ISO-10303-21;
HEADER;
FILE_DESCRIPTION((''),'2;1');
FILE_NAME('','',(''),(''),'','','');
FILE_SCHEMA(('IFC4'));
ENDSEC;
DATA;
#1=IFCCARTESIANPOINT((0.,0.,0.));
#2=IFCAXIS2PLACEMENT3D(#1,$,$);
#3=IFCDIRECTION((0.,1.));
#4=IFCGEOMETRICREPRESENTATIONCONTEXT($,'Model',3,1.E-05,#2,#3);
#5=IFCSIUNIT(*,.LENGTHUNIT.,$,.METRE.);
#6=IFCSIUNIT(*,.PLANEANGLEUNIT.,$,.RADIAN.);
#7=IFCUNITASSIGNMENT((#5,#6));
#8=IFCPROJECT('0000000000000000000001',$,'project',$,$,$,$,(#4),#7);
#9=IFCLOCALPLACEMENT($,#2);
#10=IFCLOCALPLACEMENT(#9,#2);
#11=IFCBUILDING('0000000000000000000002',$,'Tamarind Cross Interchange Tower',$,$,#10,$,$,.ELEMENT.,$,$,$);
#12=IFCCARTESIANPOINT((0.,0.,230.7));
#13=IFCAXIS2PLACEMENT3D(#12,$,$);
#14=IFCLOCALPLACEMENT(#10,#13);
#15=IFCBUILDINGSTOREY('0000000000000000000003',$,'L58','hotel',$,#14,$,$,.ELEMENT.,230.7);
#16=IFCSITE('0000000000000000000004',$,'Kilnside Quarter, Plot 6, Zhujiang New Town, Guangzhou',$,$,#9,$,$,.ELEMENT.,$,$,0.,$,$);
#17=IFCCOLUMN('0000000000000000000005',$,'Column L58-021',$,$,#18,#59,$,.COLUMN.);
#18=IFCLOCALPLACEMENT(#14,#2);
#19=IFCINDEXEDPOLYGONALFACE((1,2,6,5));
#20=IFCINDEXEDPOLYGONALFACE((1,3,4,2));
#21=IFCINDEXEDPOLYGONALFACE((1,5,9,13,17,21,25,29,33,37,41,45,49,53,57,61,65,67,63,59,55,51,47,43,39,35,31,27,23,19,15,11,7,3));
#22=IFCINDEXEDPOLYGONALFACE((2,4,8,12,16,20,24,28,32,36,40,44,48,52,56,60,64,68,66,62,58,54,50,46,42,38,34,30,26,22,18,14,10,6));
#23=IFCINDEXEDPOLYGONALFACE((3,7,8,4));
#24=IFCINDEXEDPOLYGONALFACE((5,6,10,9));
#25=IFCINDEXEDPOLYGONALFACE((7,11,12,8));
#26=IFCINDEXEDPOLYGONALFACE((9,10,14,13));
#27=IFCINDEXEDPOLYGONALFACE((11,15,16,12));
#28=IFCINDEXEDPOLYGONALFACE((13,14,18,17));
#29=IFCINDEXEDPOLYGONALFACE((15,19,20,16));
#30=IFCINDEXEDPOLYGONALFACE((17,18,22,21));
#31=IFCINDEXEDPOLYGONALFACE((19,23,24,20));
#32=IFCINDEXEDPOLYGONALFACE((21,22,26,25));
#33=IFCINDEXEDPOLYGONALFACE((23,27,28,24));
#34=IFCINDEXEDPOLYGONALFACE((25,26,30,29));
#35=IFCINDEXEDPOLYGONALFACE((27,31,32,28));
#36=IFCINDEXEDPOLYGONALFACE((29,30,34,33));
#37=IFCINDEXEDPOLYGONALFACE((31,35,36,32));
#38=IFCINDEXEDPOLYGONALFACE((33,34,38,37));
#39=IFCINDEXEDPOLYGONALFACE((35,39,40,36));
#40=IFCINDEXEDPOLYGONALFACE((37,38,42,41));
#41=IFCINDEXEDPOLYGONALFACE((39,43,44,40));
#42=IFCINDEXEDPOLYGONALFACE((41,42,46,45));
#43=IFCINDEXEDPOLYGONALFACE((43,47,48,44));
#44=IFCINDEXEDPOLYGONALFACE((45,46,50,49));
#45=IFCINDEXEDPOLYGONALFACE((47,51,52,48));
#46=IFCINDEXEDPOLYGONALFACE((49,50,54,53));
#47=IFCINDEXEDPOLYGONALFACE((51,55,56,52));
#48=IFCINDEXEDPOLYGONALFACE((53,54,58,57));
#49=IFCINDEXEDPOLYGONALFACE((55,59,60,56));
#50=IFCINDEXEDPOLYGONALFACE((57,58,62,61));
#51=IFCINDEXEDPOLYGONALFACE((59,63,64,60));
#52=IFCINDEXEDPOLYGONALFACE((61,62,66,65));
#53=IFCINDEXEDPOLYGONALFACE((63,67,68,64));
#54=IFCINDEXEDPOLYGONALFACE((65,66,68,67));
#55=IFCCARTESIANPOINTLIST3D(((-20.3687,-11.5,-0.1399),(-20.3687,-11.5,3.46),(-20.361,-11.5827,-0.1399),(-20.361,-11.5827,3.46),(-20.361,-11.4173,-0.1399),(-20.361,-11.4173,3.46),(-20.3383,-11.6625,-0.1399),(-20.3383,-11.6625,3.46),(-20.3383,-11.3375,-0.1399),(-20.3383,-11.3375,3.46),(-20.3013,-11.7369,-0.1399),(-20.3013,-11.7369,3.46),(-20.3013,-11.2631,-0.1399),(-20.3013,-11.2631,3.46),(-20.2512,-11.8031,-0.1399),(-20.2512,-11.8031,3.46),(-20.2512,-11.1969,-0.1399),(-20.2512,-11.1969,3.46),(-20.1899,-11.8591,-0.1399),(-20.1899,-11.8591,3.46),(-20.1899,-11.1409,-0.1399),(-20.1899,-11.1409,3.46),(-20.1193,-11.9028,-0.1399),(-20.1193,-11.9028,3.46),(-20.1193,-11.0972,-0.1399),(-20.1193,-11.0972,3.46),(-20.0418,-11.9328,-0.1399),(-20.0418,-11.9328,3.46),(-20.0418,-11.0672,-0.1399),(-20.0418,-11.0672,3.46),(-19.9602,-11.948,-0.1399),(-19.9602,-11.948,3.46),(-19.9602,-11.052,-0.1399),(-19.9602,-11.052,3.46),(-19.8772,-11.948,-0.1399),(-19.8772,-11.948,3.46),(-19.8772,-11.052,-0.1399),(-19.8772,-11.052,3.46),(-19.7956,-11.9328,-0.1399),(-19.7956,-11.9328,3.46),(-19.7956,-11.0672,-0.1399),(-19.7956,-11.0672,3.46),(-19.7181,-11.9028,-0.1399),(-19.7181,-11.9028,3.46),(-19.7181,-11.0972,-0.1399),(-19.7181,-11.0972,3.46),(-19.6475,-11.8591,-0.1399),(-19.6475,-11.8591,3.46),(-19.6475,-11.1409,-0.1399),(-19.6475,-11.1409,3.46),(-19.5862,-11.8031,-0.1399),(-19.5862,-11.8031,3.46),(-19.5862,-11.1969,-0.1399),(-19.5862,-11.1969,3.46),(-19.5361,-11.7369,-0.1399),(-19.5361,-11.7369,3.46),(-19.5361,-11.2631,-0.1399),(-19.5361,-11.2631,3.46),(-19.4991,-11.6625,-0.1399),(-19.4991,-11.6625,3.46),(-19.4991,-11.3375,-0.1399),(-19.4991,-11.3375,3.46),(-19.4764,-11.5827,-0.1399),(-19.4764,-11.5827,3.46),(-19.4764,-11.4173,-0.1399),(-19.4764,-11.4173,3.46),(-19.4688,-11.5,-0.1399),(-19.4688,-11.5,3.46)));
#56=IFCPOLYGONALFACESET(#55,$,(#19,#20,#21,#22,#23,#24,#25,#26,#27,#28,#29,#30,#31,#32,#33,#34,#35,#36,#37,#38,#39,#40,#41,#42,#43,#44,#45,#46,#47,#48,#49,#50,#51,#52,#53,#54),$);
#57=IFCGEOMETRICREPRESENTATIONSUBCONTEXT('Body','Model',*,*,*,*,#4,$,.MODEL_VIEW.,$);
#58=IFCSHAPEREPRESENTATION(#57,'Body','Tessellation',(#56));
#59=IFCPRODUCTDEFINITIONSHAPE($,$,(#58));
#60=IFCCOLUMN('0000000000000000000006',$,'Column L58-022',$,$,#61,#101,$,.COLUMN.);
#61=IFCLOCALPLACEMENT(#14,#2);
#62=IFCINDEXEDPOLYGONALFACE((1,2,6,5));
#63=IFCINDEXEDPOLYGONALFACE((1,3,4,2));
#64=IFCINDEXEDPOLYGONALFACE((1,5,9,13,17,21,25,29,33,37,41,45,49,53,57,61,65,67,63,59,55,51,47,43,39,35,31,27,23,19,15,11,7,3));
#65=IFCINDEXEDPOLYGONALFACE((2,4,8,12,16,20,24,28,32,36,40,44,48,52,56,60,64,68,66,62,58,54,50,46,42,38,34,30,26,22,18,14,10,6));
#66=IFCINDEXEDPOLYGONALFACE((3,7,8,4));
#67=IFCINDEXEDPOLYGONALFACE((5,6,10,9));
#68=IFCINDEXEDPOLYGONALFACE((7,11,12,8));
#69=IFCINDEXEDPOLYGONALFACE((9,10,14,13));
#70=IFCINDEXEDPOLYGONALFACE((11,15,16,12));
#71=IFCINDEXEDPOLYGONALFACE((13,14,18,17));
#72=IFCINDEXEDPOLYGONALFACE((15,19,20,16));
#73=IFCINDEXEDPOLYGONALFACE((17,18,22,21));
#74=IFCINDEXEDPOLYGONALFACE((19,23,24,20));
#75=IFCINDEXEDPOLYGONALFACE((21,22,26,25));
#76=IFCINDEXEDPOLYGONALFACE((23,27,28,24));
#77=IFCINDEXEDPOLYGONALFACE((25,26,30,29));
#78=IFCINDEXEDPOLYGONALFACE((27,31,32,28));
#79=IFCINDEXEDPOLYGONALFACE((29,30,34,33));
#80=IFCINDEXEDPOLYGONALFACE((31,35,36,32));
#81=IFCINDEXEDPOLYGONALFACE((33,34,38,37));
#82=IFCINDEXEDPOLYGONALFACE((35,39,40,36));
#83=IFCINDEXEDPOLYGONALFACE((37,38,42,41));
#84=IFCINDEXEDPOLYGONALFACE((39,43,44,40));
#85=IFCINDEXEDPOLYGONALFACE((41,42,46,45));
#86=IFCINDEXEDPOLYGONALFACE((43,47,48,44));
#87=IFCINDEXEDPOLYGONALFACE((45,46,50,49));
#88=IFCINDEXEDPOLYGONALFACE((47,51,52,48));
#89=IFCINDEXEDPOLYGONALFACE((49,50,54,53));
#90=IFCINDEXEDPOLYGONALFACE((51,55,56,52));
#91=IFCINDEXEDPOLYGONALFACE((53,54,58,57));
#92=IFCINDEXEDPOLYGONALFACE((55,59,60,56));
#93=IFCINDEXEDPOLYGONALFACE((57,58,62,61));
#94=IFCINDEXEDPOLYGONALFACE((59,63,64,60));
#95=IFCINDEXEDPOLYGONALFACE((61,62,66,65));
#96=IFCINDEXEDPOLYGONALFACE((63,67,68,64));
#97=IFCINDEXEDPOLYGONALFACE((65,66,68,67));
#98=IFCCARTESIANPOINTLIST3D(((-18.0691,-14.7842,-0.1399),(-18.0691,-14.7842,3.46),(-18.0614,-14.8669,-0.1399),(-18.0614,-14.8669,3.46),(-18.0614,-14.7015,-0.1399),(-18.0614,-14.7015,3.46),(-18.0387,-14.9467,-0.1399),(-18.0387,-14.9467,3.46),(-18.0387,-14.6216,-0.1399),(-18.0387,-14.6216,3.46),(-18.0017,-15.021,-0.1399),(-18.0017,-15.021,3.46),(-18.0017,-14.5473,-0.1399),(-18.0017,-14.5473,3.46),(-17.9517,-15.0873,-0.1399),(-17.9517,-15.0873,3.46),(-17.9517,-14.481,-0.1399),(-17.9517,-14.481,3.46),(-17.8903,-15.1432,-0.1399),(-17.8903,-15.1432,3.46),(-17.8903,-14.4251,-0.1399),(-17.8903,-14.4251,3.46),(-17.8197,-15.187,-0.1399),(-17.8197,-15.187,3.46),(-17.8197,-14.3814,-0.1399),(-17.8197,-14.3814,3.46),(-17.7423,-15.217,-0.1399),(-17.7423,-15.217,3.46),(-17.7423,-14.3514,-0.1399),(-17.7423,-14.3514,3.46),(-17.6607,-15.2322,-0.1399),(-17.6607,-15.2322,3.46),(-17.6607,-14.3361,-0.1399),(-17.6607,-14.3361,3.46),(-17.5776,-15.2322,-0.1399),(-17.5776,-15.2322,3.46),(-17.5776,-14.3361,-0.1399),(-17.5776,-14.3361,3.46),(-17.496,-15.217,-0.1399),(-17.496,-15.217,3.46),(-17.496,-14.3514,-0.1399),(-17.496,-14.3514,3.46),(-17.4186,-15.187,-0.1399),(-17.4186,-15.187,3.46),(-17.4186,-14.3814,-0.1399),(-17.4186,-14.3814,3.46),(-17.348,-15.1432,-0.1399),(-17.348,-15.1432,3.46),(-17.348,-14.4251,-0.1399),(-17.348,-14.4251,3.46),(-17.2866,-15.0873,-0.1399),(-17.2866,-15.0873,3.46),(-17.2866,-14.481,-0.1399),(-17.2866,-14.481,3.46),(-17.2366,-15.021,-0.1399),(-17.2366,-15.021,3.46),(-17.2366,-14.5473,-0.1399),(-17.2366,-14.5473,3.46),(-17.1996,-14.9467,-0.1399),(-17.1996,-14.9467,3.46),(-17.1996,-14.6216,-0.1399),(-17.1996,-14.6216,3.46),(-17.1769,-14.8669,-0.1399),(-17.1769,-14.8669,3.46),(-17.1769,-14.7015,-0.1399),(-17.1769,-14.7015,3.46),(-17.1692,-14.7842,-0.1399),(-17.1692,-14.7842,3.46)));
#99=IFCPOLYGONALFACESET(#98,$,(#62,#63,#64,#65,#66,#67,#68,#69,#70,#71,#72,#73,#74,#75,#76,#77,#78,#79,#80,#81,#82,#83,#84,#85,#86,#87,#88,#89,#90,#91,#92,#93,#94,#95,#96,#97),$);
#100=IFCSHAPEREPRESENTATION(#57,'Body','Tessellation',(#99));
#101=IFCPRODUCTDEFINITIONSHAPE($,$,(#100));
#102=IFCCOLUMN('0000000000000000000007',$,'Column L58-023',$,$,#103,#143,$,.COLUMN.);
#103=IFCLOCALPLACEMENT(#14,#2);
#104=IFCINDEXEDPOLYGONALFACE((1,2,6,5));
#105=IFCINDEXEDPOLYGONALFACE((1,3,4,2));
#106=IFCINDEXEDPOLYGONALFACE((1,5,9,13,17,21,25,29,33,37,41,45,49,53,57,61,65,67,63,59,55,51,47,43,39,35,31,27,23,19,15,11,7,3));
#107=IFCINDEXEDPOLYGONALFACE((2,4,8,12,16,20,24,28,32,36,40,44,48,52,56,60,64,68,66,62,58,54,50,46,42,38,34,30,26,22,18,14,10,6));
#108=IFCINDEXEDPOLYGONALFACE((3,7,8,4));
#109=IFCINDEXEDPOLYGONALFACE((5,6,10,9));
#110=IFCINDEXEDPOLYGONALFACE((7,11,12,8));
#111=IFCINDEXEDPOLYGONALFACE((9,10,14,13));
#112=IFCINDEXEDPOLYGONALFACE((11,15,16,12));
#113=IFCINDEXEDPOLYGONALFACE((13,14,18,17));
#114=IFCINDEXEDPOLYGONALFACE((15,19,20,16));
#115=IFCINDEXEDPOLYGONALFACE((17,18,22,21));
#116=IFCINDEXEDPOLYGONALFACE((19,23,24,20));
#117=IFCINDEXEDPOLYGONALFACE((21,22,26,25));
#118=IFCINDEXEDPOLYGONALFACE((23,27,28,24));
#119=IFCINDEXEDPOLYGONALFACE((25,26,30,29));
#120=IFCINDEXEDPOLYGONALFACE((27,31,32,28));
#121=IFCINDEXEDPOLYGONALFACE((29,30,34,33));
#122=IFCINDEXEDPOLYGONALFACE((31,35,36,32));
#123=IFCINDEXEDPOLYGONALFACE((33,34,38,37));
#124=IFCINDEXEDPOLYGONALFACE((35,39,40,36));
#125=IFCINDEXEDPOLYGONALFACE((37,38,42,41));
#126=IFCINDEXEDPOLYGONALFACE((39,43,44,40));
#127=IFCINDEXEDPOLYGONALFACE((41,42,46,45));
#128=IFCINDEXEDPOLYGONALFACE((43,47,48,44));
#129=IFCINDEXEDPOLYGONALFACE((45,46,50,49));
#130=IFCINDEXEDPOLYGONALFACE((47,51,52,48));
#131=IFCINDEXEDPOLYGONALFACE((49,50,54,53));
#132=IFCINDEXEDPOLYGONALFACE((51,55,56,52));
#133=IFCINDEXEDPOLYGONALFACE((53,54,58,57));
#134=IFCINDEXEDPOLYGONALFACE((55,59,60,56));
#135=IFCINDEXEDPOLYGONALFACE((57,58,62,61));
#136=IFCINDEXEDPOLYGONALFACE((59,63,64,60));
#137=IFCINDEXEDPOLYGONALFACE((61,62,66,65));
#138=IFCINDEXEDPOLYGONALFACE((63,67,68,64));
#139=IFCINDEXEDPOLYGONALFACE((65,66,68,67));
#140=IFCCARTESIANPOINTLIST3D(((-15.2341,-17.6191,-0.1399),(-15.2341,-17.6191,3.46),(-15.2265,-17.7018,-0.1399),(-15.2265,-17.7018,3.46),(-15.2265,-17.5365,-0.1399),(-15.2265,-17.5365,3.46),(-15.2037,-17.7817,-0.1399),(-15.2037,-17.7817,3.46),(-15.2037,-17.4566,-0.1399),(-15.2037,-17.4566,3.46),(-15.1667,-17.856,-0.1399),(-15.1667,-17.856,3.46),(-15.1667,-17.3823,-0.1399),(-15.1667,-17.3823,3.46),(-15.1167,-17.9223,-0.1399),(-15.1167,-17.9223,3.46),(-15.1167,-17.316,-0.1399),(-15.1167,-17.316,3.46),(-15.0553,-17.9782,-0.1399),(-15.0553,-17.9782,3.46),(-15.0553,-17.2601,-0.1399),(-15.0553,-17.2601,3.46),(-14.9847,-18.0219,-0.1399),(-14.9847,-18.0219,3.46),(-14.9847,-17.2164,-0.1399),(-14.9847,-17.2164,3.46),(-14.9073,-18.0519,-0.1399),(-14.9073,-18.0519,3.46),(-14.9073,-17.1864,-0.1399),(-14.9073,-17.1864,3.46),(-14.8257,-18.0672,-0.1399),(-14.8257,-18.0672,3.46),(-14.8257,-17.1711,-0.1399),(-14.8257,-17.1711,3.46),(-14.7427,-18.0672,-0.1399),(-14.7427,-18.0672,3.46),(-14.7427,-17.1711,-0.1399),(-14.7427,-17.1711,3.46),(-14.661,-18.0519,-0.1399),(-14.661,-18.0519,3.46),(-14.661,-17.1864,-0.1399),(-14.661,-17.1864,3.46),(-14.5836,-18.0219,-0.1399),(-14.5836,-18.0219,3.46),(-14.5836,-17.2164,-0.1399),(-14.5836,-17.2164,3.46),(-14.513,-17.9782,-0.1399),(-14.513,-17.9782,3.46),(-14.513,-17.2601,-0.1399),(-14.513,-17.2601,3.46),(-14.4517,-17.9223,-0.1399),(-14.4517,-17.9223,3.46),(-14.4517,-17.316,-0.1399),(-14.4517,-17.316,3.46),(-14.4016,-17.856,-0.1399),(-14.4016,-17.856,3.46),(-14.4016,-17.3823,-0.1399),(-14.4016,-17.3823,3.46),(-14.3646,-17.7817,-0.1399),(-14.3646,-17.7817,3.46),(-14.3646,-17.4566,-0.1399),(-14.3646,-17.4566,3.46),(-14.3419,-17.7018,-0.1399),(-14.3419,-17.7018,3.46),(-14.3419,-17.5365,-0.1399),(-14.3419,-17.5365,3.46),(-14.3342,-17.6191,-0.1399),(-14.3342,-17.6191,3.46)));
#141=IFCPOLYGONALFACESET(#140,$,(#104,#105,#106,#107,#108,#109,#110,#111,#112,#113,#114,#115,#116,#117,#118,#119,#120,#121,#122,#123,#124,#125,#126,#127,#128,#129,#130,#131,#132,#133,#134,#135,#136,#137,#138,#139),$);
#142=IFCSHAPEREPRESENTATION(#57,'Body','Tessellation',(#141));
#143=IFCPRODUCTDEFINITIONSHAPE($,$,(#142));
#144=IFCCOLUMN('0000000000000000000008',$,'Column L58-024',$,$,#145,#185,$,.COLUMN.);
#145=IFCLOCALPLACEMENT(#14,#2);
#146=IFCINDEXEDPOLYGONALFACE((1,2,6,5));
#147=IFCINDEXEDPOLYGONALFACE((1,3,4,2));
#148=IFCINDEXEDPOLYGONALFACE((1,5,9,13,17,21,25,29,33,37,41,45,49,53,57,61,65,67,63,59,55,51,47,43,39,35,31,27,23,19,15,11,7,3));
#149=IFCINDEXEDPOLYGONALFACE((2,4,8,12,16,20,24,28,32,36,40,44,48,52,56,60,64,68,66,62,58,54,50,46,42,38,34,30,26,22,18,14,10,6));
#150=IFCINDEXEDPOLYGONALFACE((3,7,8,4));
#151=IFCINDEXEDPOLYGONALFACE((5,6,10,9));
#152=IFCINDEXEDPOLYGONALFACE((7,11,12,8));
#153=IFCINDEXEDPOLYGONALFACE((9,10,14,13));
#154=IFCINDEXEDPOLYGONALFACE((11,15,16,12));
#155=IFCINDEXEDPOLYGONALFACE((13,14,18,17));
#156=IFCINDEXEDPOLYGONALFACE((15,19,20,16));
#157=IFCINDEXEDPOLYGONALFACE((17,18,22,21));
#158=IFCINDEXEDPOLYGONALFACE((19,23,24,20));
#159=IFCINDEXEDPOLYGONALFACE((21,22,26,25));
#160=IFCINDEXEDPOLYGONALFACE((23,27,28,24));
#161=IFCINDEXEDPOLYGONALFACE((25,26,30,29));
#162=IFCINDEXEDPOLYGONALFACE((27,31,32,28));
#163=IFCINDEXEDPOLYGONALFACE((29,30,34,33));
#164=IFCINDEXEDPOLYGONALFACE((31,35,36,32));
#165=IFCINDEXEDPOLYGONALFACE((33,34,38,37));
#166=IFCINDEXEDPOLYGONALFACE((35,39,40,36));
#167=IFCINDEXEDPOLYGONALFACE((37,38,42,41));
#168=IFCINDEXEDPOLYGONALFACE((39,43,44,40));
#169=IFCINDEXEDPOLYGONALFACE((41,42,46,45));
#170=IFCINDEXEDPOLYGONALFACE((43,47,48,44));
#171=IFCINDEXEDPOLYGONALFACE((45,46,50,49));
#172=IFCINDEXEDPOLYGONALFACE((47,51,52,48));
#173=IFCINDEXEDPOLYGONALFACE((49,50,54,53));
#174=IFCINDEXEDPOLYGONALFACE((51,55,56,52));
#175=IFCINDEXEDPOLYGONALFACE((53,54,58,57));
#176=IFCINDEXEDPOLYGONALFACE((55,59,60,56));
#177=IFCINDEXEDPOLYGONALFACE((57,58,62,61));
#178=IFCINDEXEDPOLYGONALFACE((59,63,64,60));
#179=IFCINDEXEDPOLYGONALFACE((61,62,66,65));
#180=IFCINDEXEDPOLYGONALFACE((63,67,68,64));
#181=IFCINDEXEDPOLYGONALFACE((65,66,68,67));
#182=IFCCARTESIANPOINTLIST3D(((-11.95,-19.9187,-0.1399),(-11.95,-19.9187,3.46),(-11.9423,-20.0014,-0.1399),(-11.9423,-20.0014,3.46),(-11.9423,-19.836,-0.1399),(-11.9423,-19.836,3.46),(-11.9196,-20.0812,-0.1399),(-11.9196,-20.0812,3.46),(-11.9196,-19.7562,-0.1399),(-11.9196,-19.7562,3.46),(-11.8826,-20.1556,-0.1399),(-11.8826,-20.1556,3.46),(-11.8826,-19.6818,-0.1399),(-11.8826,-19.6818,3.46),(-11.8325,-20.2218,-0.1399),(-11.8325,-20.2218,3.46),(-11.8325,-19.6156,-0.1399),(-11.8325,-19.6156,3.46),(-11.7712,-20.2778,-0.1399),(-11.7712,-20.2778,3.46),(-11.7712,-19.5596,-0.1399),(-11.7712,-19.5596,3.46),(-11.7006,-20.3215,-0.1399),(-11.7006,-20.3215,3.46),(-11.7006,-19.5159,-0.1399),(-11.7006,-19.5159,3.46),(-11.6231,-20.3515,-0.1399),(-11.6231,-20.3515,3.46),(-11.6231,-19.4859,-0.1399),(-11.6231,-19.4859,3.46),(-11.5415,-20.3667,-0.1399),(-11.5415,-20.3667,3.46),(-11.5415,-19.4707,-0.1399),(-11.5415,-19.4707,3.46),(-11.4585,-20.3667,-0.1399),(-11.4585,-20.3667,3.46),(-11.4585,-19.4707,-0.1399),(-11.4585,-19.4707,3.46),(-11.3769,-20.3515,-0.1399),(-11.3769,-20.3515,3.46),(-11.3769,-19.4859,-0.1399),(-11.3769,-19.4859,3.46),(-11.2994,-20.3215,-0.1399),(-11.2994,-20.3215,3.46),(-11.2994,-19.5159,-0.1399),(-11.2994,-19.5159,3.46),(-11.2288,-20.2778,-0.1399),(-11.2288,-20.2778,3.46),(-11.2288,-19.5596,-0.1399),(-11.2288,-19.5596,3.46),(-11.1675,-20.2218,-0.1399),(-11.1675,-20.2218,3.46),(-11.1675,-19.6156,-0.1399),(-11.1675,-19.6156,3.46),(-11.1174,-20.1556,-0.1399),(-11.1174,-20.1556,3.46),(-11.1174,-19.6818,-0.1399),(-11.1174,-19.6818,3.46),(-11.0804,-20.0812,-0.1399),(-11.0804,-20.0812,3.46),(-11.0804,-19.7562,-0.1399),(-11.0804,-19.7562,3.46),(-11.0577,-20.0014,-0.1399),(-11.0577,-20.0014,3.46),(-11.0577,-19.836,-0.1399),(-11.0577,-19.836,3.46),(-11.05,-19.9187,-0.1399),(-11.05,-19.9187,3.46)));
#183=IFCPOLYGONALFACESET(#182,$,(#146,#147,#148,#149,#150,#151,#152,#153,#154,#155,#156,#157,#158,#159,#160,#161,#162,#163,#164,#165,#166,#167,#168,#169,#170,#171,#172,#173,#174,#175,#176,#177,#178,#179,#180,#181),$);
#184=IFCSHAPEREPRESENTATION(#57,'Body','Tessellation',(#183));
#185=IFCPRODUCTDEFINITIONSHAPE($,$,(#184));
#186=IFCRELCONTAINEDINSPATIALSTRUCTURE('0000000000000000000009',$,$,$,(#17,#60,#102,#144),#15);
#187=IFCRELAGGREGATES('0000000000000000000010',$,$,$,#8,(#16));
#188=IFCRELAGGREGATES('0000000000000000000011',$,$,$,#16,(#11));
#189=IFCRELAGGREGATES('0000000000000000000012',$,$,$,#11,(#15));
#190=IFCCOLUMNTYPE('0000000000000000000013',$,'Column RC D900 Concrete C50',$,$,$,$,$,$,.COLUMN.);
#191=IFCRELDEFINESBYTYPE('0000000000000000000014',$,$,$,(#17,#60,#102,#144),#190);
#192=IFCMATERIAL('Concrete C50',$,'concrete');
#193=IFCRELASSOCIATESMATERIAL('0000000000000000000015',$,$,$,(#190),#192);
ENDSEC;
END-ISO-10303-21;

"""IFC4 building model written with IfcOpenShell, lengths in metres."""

from ifc_helpers import new_model, si_unit, direction, frame, origin, origin_2d, place, context, subcontext, project, spatial, circle, extrude, material, material_profile, profile_set, type_object, element, save


model = new_model("IFC4")

# Units and contexts
model_context = context("Model", 3, precision=1e-05, world=origin(), true_north=direction((0.0, 1.0)))
body_context = subcontext(model_context, "Body", "Model", "MODEL_VIEW")
ifc_project = project(units=[si_unit("LENGTHUNIT", "METRE"), si_unit("PLANEANGLEUNIT", "RADIAN")], contexts=[model_context])

# Site, building, storey
site_placement = place(None, origin())
site = spatial("IfcSite", under=ifc_project, at=site_placement, Name="Kilnside Quarter, Plot 6, Zhujiang New Town, Guangzhou", CompositionType="ELEMENT", RefElevation=0.0)
building_placement = place(site_placement, origin())
building = spatial("IfcBuilding", under=site, at=building_placement, Name="Tamarind Cross Interchange Tower", CompositionType="ELEMENT")
storey_placement = place(building_placement, frame((0.0, 0.0, 230.7)))
storey = spatial("IfcBuildingStorey", under=building, at=storey_placement, Name="L58", Description="hotel", CompositionType="ELEMENT", Elevation=230.7)

# Columns
ifc_material_1 = material(Name="Concrete C50", Category="concrete")
ifc_material_profile_1 = material_profile(ifc_material_1, circle(Radius=0.45, at=origin_2d()), Name="RC D900")
ifc_profile_set_1 = profile_set([ifc_material_profile_1], Name="Concrete C50")
column_type = type_object("IfcColumnType", Name="Column RC D900 Concrete C50", PredefinedType="COLUMN", material=ifc_profile_set_1)
for number, where, z_axis, x_axis, name in (
    (1, (-19.9187, -11.5, -0.1399), (0.0, 0.0, 1.0), (1.0, 0.0, 0.0), "Column L58-021"),
    (2, (-17.6191, -14.7842, -0.1399), (0.0, 0.0, 1.0), (1.0, 0.0, 0.0), "Column L58-022"),
    (3, (-14.7842, -17.6191, -0.1399), (0.0, 0.0, 1.0), (1.0, 0.0, 0.0), "Column L58-023"),
    (4, (-11.5, -19.9187, -0.1399), (0.0, 0.0, 1.0), (1.0, 0.0, 0.0), "Column L58-024"),
):
    element("IfcColumn", number, at=place(storey_placement, frame(where, z_axis=z_axis, x_axis=x_axis)), inside=storey, type_object=column_type, Name=name, PredefinedType="COLUMN", context=body_context, shape_type="SweptSolid", body=[
        extrude(circle(Radius=0.45, at=origin_2d()), origin(), (0.0, 0.0, 1.0), 3.5999),
    ])

save(model, "model.ifc")
